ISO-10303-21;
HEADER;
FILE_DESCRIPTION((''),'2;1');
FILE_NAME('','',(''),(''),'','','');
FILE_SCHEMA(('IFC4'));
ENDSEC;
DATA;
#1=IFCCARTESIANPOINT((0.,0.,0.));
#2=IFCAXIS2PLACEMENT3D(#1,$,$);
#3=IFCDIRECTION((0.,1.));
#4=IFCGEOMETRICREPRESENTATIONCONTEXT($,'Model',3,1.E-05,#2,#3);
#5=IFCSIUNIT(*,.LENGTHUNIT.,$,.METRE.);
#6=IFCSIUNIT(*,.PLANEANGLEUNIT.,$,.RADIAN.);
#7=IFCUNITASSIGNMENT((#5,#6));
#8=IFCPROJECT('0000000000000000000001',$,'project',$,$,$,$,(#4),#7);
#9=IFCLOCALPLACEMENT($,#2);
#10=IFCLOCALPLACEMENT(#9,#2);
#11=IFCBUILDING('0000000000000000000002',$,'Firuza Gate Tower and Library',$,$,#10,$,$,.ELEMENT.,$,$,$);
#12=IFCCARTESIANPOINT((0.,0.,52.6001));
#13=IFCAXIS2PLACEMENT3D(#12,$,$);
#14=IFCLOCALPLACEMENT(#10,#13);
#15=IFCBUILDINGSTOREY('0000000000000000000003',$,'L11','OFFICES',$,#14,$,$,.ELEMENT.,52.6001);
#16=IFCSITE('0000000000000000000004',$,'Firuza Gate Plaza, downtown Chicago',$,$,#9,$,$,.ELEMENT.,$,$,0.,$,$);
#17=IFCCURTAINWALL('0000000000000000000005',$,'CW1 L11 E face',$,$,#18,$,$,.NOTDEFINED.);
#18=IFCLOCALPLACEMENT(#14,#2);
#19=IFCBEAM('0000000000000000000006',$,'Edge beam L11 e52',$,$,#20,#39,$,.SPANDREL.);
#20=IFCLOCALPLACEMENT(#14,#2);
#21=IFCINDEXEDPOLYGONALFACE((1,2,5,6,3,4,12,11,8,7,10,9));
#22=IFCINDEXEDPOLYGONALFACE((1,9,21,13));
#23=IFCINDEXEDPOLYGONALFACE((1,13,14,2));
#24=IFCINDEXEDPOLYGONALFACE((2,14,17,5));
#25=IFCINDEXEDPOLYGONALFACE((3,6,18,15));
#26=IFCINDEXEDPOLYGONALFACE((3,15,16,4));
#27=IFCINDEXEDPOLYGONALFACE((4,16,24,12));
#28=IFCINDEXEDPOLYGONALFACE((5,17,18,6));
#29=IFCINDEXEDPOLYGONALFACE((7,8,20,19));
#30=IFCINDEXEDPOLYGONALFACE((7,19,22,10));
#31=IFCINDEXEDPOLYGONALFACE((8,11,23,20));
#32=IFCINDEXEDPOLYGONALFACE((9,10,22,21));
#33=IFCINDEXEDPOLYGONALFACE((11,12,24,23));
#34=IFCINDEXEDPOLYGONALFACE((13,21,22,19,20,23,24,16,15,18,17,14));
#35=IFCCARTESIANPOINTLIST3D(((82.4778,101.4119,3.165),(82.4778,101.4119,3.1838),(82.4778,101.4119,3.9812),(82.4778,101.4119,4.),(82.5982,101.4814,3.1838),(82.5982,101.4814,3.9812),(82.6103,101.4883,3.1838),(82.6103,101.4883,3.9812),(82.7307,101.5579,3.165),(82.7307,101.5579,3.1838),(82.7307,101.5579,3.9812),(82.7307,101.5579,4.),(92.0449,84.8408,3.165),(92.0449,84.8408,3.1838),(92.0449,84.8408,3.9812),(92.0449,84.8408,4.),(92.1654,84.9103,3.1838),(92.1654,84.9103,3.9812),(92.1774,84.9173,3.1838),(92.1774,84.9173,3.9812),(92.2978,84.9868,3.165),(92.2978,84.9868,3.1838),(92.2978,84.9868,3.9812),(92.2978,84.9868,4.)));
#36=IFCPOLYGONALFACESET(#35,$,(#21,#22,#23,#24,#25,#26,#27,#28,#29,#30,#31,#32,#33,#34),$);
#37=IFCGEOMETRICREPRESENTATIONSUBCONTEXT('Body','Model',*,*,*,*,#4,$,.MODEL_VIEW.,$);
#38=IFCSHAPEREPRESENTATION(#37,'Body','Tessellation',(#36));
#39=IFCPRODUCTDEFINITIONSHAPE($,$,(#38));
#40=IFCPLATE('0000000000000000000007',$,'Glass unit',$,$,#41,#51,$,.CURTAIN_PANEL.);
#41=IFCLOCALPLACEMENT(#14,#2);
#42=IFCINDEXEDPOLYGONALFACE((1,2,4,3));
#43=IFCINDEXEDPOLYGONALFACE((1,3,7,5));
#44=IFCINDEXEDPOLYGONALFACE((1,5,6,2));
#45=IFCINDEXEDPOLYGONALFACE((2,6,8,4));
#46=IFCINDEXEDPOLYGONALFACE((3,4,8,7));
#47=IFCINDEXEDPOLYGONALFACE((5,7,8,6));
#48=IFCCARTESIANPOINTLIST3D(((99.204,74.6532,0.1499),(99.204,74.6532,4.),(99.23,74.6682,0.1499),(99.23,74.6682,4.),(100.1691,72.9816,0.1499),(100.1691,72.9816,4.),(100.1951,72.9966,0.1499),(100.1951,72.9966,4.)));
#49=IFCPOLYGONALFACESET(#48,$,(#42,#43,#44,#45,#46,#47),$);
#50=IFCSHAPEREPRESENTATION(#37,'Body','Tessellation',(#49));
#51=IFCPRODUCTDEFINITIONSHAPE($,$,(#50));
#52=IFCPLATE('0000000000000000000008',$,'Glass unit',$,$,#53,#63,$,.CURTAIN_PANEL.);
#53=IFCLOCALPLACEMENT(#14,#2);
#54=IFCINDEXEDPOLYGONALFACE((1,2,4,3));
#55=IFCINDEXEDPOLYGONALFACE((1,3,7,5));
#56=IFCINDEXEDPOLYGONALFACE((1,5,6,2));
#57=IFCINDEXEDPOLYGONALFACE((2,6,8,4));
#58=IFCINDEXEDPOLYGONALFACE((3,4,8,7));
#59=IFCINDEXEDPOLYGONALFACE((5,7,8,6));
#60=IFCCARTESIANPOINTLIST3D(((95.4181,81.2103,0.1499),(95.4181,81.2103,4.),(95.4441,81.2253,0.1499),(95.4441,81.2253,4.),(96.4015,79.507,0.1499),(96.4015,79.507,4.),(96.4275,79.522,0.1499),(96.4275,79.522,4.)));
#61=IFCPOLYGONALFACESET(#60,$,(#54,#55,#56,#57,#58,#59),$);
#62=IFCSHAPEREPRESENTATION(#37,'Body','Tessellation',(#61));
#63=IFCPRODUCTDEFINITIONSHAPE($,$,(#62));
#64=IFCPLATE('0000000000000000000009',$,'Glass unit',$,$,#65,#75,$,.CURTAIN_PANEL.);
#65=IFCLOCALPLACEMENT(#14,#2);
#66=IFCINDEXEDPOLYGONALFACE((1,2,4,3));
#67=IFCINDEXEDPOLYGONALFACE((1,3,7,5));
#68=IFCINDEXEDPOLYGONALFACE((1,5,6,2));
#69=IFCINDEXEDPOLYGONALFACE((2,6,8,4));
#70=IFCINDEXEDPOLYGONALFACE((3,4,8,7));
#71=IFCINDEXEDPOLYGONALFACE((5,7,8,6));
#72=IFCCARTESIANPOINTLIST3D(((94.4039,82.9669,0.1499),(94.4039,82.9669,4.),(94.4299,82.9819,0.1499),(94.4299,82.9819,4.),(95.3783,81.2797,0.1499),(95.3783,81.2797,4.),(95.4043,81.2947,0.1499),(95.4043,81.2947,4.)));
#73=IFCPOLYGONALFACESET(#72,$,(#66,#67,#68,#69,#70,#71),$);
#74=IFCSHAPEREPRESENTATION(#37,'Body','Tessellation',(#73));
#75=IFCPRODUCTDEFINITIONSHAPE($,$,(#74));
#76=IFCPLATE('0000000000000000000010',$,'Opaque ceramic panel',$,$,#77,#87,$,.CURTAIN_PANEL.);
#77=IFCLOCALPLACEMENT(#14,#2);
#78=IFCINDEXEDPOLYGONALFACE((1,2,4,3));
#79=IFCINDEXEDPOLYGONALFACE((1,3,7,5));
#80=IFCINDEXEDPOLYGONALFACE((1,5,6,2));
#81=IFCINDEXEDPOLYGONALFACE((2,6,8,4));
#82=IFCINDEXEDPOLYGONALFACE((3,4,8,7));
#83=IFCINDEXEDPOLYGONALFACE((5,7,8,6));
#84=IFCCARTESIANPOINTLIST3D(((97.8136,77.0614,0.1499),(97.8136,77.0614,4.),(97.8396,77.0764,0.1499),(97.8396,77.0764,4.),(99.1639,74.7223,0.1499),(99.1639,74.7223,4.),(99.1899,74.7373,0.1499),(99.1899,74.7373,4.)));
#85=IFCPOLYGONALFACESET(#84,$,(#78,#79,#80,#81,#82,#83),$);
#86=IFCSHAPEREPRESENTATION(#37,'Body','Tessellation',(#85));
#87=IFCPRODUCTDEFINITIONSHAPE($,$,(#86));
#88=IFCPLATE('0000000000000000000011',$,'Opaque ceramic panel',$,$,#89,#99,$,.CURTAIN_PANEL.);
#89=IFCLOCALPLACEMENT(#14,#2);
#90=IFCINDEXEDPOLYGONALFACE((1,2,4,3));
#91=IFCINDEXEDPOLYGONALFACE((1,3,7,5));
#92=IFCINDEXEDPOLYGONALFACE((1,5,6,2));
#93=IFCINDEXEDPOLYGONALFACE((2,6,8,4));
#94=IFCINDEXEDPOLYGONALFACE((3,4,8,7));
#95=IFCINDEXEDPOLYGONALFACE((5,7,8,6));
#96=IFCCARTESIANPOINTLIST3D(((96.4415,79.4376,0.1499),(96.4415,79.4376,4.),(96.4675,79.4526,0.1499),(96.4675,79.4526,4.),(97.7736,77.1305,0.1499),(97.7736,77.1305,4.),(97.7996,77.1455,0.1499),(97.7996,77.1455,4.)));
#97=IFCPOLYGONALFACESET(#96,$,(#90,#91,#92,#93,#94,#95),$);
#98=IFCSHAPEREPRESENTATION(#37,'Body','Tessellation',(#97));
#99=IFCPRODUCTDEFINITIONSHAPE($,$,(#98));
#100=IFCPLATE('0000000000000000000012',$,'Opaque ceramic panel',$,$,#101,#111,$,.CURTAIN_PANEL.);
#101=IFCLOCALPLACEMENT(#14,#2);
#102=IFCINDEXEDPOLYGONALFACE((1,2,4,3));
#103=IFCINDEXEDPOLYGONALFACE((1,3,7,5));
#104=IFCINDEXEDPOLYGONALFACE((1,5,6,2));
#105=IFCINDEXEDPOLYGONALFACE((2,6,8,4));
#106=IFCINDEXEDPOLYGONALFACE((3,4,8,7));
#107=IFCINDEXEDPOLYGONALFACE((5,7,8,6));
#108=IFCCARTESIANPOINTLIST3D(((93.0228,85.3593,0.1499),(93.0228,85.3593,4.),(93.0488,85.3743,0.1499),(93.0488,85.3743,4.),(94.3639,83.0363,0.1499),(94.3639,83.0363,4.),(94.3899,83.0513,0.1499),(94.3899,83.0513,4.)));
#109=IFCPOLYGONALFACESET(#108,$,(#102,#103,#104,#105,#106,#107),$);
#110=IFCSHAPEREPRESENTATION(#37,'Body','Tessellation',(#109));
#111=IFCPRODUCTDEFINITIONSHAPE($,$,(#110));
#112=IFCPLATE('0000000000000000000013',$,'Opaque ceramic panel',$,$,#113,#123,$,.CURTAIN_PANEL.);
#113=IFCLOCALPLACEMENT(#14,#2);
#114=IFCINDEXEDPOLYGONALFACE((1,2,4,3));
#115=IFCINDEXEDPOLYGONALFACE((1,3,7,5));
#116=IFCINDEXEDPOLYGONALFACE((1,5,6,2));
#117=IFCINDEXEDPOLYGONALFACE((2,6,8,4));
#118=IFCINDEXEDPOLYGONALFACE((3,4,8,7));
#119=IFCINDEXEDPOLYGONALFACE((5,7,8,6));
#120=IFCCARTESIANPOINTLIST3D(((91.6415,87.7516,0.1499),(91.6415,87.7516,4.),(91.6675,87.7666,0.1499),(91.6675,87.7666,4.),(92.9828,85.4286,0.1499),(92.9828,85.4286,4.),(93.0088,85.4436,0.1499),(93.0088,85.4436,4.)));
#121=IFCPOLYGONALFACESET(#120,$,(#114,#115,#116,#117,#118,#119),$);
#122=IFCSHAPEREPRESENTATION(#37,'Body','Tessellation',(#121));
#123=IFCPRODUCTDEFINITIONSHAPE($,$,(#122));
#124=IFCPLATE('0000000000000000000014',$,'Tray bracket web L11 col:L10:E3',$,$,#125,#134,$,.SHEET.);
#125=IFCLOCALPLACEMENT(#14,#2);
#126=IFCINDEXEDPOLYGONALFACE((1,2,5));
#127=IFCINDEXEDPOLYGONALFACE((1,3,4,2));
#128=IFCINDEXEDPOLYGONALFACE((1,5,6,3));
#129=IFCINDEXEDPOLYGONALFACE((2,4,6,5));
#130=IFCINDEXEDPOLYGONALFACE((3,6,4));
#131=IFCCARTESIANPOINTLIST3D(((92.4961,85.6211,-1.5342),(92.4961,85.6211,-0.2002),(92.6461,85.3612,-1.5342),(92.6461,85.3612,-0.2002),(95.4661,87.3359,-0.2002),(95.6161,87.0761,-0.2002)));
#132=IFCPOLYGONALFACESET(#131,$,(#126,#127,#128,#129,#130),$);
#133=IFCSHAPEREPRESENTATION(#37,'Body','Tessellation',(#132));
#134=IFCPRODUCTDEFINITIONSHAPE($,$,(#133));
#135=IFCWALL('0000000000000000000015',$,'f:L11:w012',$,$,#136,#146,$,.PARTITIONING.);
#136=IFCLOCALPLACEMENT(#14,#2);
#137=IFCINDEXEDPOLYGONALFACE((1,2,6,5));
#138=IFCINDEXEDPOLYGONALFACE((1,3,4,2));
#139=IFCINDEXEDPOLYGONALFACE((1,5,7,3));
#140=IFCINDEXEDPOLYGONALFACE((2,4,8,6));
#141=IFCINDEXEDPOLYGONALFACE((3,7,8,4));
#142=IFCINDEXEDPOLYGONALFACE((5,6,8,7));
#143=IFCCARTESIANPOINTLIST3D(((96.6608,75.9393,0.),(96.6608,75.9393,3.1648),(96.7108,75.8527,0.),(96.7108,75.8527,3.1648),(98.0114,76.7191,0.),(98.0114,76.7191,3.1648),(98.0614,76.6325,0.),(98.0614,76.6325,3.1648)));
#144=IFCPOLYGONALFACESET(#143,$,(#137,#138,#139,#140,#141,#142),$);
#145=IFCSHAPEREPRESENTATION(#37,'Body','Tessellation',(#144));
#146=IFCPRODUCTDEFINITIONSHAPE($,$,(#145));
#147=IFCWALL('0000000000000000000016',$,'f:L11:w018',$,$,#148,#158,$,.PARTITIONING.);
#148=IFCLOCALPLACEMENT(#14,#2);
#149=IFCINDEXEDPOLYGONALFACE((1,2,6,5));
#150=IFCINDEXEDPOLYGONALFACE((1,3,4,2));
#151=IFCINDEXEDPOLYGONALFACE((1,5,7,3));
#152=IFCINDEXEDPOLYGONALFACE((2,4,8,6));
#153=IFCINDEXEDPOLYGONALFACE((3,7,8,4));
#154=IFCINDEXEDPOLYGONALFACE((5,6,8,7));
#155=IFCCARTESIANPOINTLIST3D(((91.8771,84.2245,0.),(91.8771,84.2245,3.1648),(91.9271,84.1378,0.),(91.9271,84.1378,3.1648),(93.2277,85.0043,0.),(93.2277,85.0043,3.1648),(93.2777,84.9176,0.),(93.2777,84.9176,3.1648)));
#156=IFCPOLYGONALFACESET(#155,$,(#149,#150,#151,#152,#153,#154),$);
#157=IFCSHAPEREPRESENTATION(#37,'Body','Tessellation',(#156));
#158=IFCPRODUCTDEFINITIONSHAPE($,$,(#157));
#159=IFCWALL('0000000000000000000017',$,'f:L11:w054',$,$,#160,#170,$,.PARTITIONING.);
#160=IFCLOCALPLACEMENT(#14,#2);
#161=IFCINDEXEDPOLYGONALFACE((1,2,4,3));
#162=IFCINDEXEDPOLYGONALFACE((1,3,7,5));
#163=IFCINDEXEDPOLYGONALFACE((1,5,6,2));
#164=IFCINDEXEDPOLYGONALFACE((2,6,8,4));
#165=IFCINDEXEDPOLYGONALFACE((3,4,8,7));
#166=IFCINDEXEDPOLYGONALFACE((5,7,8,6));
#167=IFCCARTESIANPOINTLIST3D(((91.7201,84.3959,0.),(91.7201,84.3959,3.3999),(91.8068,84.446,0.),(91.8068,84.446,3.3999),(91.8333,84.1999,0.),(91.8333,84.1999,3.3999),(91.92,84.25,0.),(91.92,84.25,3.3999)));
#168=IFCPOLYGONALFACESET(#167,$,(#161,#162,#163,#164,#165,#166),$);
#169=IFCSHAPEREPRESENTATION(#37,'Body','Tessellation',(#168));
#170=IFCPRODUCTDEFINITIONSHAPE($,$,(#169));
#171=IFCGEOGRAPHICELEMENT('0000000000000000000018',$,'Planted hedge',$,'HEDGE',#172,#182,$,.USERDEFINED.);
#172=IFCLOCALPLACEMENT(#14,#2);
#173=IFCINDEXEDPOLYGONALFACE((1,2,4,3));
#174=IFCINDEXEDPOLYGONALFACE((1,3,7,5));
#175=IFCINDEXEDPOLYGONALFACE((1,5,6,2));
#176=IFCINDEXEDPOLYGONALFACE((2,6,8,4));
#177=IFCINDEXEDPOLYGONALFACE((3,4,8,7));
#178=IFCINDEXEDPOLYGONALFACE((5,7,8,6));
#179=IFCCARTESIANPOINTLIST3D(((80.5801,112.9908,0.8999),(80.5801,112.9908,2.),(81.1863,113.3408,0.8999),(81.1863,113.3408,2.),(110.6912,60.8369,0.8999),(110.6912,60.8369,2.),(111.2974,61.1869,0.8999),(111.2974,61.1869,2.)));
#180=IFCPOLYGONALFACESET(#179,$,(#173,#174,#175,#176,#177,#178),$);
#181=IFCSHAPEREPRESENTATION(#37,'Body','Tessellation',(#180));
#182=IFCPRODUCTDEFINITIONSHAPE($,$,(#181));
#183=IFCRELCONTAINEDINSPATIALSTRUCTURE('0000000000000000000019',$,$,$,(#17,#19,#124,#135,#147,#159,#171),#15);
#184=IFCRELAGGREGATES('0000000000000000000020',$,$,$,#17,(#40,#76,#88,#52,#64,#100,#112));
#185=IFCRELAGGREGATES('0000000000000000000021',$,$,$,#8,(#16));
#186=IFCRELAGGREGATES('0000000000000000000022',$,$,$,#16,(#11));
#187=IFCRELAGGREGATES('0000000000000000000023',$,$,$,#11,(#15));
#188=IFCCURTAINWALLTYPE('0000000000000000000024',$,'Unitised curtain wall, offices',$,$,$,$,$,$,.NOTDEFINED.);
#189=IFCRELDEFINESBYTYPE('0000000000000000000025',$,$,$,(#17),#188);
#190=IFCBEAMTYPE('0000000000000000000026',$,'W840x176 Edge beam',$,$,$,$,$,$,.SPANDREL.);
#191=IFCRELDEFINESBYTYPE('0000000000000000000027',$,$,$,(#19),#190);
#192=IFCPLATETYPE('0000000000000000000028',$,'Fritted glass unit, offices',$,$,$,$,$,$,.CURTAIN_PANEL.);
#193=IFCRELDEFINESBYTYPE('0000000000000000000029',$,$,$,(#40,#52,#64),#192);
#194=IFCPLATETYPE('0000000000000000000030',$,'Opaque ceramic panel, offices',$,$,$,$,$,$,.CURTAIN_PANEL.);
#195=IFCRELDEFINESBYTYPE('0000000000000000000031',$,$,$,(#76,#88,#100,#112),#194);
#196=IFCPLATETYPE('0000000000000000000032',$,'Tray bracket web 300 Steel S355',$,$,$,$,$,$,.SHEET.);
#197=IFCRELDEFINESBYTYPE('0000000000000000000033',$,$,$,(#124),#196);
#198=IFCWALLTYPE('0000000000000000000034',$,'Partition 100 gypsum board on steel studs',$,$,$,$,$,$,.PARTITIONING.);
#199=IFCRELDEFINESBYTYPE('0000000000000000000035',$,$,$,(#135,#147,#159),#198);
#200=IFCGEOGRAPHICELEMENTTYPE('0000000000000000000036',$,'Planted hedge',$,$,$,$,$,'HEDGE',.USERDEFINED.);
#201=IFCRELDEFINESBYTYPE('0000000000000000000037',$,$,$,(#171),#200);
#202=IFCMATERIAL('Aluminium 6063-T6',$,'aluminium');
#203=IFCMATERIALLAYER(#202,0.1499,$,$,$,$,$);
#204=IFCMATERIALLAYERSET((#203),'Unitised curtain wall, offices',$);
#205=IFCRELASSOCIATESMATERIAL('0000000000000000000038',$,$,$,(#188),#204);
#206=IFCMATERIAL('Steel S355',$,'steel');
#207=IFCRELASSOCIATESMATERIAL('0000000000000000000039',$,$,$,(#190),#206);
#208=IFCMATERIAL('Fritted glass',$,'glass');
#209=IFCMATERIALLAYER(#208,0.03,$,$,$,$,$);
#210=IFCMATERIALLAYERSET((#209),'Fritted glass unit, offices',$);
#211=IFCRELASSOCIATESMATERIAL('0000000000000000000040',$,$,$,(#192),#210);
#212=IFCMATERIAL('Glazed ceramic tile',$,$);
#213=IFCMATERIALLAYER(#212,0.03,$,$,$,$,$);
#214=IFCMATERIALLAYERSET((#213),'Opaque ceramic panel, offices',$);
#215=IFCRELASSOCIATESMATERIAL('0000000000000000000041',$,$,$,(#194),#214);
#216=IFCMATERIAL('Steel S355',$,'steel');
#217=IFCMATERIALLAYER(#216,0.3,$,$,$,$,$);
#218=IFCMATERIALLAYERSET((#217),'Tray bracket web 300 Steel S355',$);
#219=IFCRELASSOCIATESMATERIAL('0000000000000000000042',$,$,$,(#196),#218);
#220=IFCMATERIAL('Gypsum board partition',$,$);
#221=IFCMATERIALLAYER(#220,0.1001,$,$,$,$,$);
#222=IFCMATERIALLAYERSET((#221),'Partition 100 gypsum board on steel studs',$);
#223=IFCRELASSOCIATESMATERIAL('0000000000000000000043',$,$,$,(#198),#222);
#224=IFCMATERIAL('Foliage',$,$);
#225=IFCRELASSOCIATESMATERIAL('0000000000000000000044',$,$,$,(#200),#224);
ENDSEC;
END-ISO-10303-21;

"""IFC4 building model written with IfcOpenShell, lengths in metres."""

from ifc_helpers import new_model, si_unit, direction, frame, frame_2d, origin, origin_2d, place, context, subcontext, project, spatial, polyline, rectangle, i_section, outline, extrude, material, layer, layer_set, material_profile, profile_set, type_object, element, aggregate, save


model = new_model("IFC4")

# Units and contexts
model_context = context("Model", 3, precision=1e-05, world=origin(), true_north=direction((0.0, 1.0)))
body_context = subcontext(model_context, "Body", "Model", "MODEL_VIEW")
ifc_project = project(units=[si_unit("LENGTHUNIT", "METRE"), si_unit("PLANEANGLEUNIT", "RADIAN")], contexts=[model_context])

# Site, building, storey
site_placement = place(None, origin())
site = spatial("IfcSite", under=ifc_project, at=site_placement, Name="Firuza Gate Plaza, downtown Chicago", CompositionType="ELEMENT", RefElevation=0.0)
building_placement = place(site_placement, origin())
building = spatial("IfcBuilding", under=site, at=building_placement, Name="Firuza Gate Tower and Library", CompositionType="ELEMENT")
storey_placement = place(building_placement, frame((0.0, 0.0, 52.6001)))
storey = spatial("IfcBuildingStorey", under=building, at=storey_placement, Name="L11", Description="OFFICES", CompositionType="ELEMENT", Elevation=52.6001)

# Curtain wall
ifc_material_1 = material(Name="Aluminium 6063-T6", Category="aluminium")
ifc_layer_1 = layer(ifc_material_1, 0.1499)
ifc_layer_set_1 = layer_set([ifc_layer_1], Name="Unitised curtain wall, offices")
curtain_wall_type = type_object("IfcCurtainWallType", Name="Unitised curtain wall, offices", PredefinedType="NOTDEFINED", material=ifc_layer_set_1)
curtain_wall_placement = place(storey_placement, origin())
curtain_wall = element("IfcCurtainWall", 1, at=curtain_wall_placement, inside=storey, type_object=curtain_wall_type, Name="CW1 L11 E face", PredefinedType="NOTDEFINED")

# Beam
ifc_material_2 = material(Name="Steel S355", Category="steel")
ifc_material_profile_1 = material_profile(ifc_material_2, i_section(OverallWidth=0.292, OverallDepth=0.835, WebThickness=0.0139, FlangeThickness=0.0188, at=origin_2d()))
ifc_profile_set_1 = profile_set([ifc_material_profile_1], Name="Steel S355")
beam_type_1 = type_object("IfcBeamType", Name="W840x176 Edge beam", PredefinedType="SPANDREL", material=ifc_profile_set_1)
beam_1_placement = place(storey_placement, frame((92.1714, 84.9138, 3.5825), z_axis=(-0.499994, 0.866029, 0.0), x_axis=(-0.866029, -0.499994, 0.0)))
element("IfcBeam", 2, at=beam_1_placement, inside=storey, type_object=beam_type_1, Name="Edge beam L11 e52", PredefinedType="SPANDREL", context=body_context, shape_type="SweptSolid", body=[
    extrude(i_section(OverallWidth=0.292, OverallDepth=0.835, WebThickness=0.0139, FlangeThickness=0.0188, at=origin_2d()), origin(), (0.0, 0.0, 1.0), 19.1345),
])

# Plates
ifc_material_3 = material(Name="Fritted glass", Category="glass")
ifc_layer_2 = layer(ifc_material_3, 0.03)
ifc_layer_set_2 = layer_set([ifc_layer_2], Name="Fritted glass unit, offices")
plate_type_1 = type_object("IfcPlateType", Name="Fritted glass unit, offices", PredefinedType="CURTAIN_PANEL", material=ifc_layer_set_2)
plate_1_placement = place(storey_placement, frame((100.1951, 72.9966, 0.1499), z_axis=(0.866032, 0.499989, 0.0), x_axis=(-0.499989, 0.866032, 0.0)))
plate_1 = element("IfcPlate", 3, at=plate_1_placement, type_object=plate_type_1, Name="Glass unit", PredefinedType="CURTAIN_PANEL", context=body_context, shape_type="SweptSolid", body=[
    extrude(outline(polyline([(0.0, 0.0), (1.9302, 0.0), (1.9302, 3.8501), (0.0, 3.8501), (0.0, 0.0)])), origin(), (0.0, 0.0, -1.0), 0.03),
])
plate_2_placement = place(storey_placement, frame((96.4275, 79.522, 0.1499), z_axis=(0.866035, 0.499984, 0.0), x_axis=(-0.499984, 0.866035, 0.0)))
plate_2 = element("IfcPlate", 4, at=plate_2_placement, type_object=plate_type_1, Name="Glass unit", PredefinedType="CURTAIN_PANEL", context=body_context, shape_type="SweptSolid", body=[
    extrude(outline(polyline([(0.0, 0.0), (1.9669, 0.0), (1.9669, 3.8501), (0.0, 3.8501), (0.0, 0.0)])), origin(), (0.0, 0.0, -1.0), 0.03),
])
plate_3_placement = place(storey_placement, frame((95.4043, 81.2947, 0.1499), z_axis=(0.865975, 0.500088, 0.0), x_axis=(-0.500088, 0.865975, 0.0)))
plate_3 = element("IfcPlate", 5, at=plate_3_placement, type_object=plate_type_1, Name="Glass unit", PredefinedType="CURTAIN_PANEL", context=body_context, shape_type="SweptSolid", body=[
    extrude(outline(polyline([(0.0, 0.0), (1.9484, 0.0), (1.9484, 3.8501), (0.0, 3.8501), (0.0, 0.0)])), origin(), (0.0, 0.0, -1.0), 0.03),
])
ifc_material_4 = material(Name="Glazed ceramic tile")
ifc_layer_3 = layer(ifc_material_4, 0.03)
ifc_layer_set_3 = layer_set([ifc_layer_3], Name="Opaque ceramic panel, offices")
plate_type_2 = type_object("IfcPlateType", Name="Opaque ceramic panel, offices", PredefinedType="CURTAIN_PANEL", material=ifc_layer_set_3)
plate_4_placement = place(storey_placement, frame((99.1899, 74.7373, 0.1499), z_axis=(0.866049, 0.49996, 0.0), x_axis=(-0.49996, 0.866049, 0.0)))
plate_4 = element("IfcPlate", 6, at=plate_4_placement, type_object=plate_type_2, Name="Opaque ceramic panel", PredefinedType="CURTAIN_PANEL", context=body_context, shape_type="SweptSolid", body=[
    extrude(outline(polyline([(0.0, 0.0), (2.7009, 0.0), (2.7009, 3.8501), (0.0, 3.8501), (0.0, 0.0)])), origin(), (0.0, 0.0, -1.0), 0.03),
])
plate_5_placement = place(storey_placement, frame((97.7996, 77.1455, 0.1499), z_axis=(0.866024, 0.500003, 0.0), x_axis=(-0.500003, 0.866024, 0.0)))
plate_5 = element("IfcPlate", 7, at=plate_5_placement, type_object=plate_type_2, Name="Opaque ceramic panel", PredefinedType="CURTAIN_PANEL", context=body_context, shape_type="SweptSolid", body=[
    extrude(outline(polyline([(0.0, 0.0), (2.664, 0.0), (2.664, 3.8501), (0.0, 3.8501), (0.0, 0.0)])), origin(), (0.0, 0.0, -1.0), 0.03),
])
plate_6_placement = place(storey_placement, frame((94.3899, 83.0513, 0.1499), z_axis=(0.866045, 0.499967, 0.0), x_axis=(-0.499967, 0.866045, 0.0)))
plate_6 = element("IfcPlate", 8, at=plate_6_placement, type_object=plate_type_2, Name="Opaque ceramic panel", PredefinedType="CURTAIN_PANEL", context=body_context, shape_type="SweptSolid", body=[
    extrude(outline(polyline([(0.0, 0.0), (2.6823, 0.0), (2.6823, 3.8501), (0.0, 3.8501), (0.0, 0.0)])), origin(), (0.0, 0.0, -1.0), 0.03),
])
plate_7_placement = place(storey_placement, frame((93.0088, 85.4436, 0.1499), z_axis=(0.866005, 0.500035, 0.0), x_axis=(-0.500035, 0.866005, 0.0)))
plate_7 = element("IfcPlate", 9, at=plate_7_placement, type_object=plate_type_2, Name="Opaque ceramic panel", PredefinedType="CURTAIN_PANEL", context=body_context, shape_type="SweptSolid", body=[
    extrude(outline(polyline([(0.0, 0.0), (2.6824, 0.0), (2.6824, 3.8501), (0.0, 3.8501), (0.0, 0.0)])), origin(), (0.0, 0.0, -1.0), 0.03),
])
aggregate(curtain_wall, [plate_1, plate_4, plate_5, plate_2, plate_3, plate_6, plate_7])
ifc_material_5 = material(Name="Steel S355", Category="steel")
ifc_layer_4 = layer(ifc_material_5, 0.3)
ifc_layer_set_4 = layer_set([ifc_layer_4], Name="Tray bracket web 300 Steel S355")
plate_type_3 = type_object("IfcPlateType", Name="Tray bracket web 300 Steel S355", PredefinedType="SHEET", material=ifc_layer_set_4)
plate_8_placement = place(storey_placement, frame((92.4961, 85.6211, -0.2002), z_axis=(-0.500029, 0.866009, 0.0), x_axis=(0.866009, 0.500029, 0.0)))
element("IfcPlate", 10, at=plate_8_placement, inside=storey, type_object=plate_type_3, Name="Tray bracket web L11 col:L10:E3", PredefinedType="SHEET", context=body_context, shape_type="SweptSolid", body=[
    extrude(outline(polyline([(0.0, 0.0), (3.4295, 0.0), (0.0, 1.334), (0.0, 0.0)])), origin(), (0.0, 0.0, -1.0), 0.3),
])

# Walls
ifc_material_6 = material(Name="Gypsum board partition")
ifc_layer_5 = layer(ifc_material_6, 0.1001)
ifc_layer_set_5 = layer_set([ifc_layer_5], Name="Partition 100 gypsum board on steel studs")
wall_type = type_object("IfcWallType", Name="Partition 100 gypsum board on steel studs", PredefinedType="PARTITIONING", material=ifc_layer_set_5)
for number, where, z_axis, x_axis, name in (
    (11, (96.6858, 75.896, 0.0), (0.0, 0.0, 1.0), (0.866019, 0.500012, 0.0), "f:L11:w012"),
    (12, (91.9021, 84.1812, 0.0), (0.0, 0.0, 1.0), (0.866019, 0.500012, 0.0), "f:L11:w018"),
):
    element("IfcWall", number, at=place(storey_placement, frame(where, z_axis=z_axis, x_axis=x_axis)), inside=storey, type_object=wall_type, Name=name, PredefinedType="PARTITIONING", context=body_context, shape_type="SweptSolid", body=[
        extrude(rectangle(XDim=1.5596, YDim=0.1001, at=frame_2d((0.7798, 0.0))), origin(), (0.0, 0.0, 1.0), 3.1648),
    ])
wall_placement = place(storey_placement, frame((91.8767, 84.2249, 0.0), z_axis=(0.0, 0.0, 1.0), x_axis=(-0.500314, 0.865844, 0.0)))
element("IfcWall", 13, at=wall_placement, inside=storey, type_object=wall_type, Name="f:L11:w054", PredefinedType="PARTITIONING", context=body_context, shape_type="SweptSolid", body=[
    extrude(rectangle(XDim=0.2263, YDim=0.1001, at=frame_2d((0.1133, 0.0))), origin(), (0.0, 0.0, 1.0), 3.3999),
])

# Geographic element
ifc_material_7 = material(Name="Foliage")
geographic_element_type_1 = type_object("IfcGeographicElementType", Name="Planted hedge", ElementType="HEDGE", PredefinedType="USERDEFINED", material=ifc_material_7)
geographic_element_placement = place(storey_placement, frame((95.9387, 87.0889, 0.8999), z_axis=(0.0, 0.0, 1.0), x_axis=(-0.5, 0.866025, 0.0)))
element("IfcGeographicElement", 14, at=geographic_element_placement, inside=storey, type_object=geographic_element_type_1, Name="Planted hedge", ObjectType="HEDGE", PredefinedType="USERDEFINED", context=body_context, shape_type="SweptSolid", body=[
    extrude(rectangle(XDim=60.2222, YDim=0.7, at=origin_2d()), origin(), (0.0, 0.0, 1.0), 1.1001),
])

save(model, "model.ifc")
